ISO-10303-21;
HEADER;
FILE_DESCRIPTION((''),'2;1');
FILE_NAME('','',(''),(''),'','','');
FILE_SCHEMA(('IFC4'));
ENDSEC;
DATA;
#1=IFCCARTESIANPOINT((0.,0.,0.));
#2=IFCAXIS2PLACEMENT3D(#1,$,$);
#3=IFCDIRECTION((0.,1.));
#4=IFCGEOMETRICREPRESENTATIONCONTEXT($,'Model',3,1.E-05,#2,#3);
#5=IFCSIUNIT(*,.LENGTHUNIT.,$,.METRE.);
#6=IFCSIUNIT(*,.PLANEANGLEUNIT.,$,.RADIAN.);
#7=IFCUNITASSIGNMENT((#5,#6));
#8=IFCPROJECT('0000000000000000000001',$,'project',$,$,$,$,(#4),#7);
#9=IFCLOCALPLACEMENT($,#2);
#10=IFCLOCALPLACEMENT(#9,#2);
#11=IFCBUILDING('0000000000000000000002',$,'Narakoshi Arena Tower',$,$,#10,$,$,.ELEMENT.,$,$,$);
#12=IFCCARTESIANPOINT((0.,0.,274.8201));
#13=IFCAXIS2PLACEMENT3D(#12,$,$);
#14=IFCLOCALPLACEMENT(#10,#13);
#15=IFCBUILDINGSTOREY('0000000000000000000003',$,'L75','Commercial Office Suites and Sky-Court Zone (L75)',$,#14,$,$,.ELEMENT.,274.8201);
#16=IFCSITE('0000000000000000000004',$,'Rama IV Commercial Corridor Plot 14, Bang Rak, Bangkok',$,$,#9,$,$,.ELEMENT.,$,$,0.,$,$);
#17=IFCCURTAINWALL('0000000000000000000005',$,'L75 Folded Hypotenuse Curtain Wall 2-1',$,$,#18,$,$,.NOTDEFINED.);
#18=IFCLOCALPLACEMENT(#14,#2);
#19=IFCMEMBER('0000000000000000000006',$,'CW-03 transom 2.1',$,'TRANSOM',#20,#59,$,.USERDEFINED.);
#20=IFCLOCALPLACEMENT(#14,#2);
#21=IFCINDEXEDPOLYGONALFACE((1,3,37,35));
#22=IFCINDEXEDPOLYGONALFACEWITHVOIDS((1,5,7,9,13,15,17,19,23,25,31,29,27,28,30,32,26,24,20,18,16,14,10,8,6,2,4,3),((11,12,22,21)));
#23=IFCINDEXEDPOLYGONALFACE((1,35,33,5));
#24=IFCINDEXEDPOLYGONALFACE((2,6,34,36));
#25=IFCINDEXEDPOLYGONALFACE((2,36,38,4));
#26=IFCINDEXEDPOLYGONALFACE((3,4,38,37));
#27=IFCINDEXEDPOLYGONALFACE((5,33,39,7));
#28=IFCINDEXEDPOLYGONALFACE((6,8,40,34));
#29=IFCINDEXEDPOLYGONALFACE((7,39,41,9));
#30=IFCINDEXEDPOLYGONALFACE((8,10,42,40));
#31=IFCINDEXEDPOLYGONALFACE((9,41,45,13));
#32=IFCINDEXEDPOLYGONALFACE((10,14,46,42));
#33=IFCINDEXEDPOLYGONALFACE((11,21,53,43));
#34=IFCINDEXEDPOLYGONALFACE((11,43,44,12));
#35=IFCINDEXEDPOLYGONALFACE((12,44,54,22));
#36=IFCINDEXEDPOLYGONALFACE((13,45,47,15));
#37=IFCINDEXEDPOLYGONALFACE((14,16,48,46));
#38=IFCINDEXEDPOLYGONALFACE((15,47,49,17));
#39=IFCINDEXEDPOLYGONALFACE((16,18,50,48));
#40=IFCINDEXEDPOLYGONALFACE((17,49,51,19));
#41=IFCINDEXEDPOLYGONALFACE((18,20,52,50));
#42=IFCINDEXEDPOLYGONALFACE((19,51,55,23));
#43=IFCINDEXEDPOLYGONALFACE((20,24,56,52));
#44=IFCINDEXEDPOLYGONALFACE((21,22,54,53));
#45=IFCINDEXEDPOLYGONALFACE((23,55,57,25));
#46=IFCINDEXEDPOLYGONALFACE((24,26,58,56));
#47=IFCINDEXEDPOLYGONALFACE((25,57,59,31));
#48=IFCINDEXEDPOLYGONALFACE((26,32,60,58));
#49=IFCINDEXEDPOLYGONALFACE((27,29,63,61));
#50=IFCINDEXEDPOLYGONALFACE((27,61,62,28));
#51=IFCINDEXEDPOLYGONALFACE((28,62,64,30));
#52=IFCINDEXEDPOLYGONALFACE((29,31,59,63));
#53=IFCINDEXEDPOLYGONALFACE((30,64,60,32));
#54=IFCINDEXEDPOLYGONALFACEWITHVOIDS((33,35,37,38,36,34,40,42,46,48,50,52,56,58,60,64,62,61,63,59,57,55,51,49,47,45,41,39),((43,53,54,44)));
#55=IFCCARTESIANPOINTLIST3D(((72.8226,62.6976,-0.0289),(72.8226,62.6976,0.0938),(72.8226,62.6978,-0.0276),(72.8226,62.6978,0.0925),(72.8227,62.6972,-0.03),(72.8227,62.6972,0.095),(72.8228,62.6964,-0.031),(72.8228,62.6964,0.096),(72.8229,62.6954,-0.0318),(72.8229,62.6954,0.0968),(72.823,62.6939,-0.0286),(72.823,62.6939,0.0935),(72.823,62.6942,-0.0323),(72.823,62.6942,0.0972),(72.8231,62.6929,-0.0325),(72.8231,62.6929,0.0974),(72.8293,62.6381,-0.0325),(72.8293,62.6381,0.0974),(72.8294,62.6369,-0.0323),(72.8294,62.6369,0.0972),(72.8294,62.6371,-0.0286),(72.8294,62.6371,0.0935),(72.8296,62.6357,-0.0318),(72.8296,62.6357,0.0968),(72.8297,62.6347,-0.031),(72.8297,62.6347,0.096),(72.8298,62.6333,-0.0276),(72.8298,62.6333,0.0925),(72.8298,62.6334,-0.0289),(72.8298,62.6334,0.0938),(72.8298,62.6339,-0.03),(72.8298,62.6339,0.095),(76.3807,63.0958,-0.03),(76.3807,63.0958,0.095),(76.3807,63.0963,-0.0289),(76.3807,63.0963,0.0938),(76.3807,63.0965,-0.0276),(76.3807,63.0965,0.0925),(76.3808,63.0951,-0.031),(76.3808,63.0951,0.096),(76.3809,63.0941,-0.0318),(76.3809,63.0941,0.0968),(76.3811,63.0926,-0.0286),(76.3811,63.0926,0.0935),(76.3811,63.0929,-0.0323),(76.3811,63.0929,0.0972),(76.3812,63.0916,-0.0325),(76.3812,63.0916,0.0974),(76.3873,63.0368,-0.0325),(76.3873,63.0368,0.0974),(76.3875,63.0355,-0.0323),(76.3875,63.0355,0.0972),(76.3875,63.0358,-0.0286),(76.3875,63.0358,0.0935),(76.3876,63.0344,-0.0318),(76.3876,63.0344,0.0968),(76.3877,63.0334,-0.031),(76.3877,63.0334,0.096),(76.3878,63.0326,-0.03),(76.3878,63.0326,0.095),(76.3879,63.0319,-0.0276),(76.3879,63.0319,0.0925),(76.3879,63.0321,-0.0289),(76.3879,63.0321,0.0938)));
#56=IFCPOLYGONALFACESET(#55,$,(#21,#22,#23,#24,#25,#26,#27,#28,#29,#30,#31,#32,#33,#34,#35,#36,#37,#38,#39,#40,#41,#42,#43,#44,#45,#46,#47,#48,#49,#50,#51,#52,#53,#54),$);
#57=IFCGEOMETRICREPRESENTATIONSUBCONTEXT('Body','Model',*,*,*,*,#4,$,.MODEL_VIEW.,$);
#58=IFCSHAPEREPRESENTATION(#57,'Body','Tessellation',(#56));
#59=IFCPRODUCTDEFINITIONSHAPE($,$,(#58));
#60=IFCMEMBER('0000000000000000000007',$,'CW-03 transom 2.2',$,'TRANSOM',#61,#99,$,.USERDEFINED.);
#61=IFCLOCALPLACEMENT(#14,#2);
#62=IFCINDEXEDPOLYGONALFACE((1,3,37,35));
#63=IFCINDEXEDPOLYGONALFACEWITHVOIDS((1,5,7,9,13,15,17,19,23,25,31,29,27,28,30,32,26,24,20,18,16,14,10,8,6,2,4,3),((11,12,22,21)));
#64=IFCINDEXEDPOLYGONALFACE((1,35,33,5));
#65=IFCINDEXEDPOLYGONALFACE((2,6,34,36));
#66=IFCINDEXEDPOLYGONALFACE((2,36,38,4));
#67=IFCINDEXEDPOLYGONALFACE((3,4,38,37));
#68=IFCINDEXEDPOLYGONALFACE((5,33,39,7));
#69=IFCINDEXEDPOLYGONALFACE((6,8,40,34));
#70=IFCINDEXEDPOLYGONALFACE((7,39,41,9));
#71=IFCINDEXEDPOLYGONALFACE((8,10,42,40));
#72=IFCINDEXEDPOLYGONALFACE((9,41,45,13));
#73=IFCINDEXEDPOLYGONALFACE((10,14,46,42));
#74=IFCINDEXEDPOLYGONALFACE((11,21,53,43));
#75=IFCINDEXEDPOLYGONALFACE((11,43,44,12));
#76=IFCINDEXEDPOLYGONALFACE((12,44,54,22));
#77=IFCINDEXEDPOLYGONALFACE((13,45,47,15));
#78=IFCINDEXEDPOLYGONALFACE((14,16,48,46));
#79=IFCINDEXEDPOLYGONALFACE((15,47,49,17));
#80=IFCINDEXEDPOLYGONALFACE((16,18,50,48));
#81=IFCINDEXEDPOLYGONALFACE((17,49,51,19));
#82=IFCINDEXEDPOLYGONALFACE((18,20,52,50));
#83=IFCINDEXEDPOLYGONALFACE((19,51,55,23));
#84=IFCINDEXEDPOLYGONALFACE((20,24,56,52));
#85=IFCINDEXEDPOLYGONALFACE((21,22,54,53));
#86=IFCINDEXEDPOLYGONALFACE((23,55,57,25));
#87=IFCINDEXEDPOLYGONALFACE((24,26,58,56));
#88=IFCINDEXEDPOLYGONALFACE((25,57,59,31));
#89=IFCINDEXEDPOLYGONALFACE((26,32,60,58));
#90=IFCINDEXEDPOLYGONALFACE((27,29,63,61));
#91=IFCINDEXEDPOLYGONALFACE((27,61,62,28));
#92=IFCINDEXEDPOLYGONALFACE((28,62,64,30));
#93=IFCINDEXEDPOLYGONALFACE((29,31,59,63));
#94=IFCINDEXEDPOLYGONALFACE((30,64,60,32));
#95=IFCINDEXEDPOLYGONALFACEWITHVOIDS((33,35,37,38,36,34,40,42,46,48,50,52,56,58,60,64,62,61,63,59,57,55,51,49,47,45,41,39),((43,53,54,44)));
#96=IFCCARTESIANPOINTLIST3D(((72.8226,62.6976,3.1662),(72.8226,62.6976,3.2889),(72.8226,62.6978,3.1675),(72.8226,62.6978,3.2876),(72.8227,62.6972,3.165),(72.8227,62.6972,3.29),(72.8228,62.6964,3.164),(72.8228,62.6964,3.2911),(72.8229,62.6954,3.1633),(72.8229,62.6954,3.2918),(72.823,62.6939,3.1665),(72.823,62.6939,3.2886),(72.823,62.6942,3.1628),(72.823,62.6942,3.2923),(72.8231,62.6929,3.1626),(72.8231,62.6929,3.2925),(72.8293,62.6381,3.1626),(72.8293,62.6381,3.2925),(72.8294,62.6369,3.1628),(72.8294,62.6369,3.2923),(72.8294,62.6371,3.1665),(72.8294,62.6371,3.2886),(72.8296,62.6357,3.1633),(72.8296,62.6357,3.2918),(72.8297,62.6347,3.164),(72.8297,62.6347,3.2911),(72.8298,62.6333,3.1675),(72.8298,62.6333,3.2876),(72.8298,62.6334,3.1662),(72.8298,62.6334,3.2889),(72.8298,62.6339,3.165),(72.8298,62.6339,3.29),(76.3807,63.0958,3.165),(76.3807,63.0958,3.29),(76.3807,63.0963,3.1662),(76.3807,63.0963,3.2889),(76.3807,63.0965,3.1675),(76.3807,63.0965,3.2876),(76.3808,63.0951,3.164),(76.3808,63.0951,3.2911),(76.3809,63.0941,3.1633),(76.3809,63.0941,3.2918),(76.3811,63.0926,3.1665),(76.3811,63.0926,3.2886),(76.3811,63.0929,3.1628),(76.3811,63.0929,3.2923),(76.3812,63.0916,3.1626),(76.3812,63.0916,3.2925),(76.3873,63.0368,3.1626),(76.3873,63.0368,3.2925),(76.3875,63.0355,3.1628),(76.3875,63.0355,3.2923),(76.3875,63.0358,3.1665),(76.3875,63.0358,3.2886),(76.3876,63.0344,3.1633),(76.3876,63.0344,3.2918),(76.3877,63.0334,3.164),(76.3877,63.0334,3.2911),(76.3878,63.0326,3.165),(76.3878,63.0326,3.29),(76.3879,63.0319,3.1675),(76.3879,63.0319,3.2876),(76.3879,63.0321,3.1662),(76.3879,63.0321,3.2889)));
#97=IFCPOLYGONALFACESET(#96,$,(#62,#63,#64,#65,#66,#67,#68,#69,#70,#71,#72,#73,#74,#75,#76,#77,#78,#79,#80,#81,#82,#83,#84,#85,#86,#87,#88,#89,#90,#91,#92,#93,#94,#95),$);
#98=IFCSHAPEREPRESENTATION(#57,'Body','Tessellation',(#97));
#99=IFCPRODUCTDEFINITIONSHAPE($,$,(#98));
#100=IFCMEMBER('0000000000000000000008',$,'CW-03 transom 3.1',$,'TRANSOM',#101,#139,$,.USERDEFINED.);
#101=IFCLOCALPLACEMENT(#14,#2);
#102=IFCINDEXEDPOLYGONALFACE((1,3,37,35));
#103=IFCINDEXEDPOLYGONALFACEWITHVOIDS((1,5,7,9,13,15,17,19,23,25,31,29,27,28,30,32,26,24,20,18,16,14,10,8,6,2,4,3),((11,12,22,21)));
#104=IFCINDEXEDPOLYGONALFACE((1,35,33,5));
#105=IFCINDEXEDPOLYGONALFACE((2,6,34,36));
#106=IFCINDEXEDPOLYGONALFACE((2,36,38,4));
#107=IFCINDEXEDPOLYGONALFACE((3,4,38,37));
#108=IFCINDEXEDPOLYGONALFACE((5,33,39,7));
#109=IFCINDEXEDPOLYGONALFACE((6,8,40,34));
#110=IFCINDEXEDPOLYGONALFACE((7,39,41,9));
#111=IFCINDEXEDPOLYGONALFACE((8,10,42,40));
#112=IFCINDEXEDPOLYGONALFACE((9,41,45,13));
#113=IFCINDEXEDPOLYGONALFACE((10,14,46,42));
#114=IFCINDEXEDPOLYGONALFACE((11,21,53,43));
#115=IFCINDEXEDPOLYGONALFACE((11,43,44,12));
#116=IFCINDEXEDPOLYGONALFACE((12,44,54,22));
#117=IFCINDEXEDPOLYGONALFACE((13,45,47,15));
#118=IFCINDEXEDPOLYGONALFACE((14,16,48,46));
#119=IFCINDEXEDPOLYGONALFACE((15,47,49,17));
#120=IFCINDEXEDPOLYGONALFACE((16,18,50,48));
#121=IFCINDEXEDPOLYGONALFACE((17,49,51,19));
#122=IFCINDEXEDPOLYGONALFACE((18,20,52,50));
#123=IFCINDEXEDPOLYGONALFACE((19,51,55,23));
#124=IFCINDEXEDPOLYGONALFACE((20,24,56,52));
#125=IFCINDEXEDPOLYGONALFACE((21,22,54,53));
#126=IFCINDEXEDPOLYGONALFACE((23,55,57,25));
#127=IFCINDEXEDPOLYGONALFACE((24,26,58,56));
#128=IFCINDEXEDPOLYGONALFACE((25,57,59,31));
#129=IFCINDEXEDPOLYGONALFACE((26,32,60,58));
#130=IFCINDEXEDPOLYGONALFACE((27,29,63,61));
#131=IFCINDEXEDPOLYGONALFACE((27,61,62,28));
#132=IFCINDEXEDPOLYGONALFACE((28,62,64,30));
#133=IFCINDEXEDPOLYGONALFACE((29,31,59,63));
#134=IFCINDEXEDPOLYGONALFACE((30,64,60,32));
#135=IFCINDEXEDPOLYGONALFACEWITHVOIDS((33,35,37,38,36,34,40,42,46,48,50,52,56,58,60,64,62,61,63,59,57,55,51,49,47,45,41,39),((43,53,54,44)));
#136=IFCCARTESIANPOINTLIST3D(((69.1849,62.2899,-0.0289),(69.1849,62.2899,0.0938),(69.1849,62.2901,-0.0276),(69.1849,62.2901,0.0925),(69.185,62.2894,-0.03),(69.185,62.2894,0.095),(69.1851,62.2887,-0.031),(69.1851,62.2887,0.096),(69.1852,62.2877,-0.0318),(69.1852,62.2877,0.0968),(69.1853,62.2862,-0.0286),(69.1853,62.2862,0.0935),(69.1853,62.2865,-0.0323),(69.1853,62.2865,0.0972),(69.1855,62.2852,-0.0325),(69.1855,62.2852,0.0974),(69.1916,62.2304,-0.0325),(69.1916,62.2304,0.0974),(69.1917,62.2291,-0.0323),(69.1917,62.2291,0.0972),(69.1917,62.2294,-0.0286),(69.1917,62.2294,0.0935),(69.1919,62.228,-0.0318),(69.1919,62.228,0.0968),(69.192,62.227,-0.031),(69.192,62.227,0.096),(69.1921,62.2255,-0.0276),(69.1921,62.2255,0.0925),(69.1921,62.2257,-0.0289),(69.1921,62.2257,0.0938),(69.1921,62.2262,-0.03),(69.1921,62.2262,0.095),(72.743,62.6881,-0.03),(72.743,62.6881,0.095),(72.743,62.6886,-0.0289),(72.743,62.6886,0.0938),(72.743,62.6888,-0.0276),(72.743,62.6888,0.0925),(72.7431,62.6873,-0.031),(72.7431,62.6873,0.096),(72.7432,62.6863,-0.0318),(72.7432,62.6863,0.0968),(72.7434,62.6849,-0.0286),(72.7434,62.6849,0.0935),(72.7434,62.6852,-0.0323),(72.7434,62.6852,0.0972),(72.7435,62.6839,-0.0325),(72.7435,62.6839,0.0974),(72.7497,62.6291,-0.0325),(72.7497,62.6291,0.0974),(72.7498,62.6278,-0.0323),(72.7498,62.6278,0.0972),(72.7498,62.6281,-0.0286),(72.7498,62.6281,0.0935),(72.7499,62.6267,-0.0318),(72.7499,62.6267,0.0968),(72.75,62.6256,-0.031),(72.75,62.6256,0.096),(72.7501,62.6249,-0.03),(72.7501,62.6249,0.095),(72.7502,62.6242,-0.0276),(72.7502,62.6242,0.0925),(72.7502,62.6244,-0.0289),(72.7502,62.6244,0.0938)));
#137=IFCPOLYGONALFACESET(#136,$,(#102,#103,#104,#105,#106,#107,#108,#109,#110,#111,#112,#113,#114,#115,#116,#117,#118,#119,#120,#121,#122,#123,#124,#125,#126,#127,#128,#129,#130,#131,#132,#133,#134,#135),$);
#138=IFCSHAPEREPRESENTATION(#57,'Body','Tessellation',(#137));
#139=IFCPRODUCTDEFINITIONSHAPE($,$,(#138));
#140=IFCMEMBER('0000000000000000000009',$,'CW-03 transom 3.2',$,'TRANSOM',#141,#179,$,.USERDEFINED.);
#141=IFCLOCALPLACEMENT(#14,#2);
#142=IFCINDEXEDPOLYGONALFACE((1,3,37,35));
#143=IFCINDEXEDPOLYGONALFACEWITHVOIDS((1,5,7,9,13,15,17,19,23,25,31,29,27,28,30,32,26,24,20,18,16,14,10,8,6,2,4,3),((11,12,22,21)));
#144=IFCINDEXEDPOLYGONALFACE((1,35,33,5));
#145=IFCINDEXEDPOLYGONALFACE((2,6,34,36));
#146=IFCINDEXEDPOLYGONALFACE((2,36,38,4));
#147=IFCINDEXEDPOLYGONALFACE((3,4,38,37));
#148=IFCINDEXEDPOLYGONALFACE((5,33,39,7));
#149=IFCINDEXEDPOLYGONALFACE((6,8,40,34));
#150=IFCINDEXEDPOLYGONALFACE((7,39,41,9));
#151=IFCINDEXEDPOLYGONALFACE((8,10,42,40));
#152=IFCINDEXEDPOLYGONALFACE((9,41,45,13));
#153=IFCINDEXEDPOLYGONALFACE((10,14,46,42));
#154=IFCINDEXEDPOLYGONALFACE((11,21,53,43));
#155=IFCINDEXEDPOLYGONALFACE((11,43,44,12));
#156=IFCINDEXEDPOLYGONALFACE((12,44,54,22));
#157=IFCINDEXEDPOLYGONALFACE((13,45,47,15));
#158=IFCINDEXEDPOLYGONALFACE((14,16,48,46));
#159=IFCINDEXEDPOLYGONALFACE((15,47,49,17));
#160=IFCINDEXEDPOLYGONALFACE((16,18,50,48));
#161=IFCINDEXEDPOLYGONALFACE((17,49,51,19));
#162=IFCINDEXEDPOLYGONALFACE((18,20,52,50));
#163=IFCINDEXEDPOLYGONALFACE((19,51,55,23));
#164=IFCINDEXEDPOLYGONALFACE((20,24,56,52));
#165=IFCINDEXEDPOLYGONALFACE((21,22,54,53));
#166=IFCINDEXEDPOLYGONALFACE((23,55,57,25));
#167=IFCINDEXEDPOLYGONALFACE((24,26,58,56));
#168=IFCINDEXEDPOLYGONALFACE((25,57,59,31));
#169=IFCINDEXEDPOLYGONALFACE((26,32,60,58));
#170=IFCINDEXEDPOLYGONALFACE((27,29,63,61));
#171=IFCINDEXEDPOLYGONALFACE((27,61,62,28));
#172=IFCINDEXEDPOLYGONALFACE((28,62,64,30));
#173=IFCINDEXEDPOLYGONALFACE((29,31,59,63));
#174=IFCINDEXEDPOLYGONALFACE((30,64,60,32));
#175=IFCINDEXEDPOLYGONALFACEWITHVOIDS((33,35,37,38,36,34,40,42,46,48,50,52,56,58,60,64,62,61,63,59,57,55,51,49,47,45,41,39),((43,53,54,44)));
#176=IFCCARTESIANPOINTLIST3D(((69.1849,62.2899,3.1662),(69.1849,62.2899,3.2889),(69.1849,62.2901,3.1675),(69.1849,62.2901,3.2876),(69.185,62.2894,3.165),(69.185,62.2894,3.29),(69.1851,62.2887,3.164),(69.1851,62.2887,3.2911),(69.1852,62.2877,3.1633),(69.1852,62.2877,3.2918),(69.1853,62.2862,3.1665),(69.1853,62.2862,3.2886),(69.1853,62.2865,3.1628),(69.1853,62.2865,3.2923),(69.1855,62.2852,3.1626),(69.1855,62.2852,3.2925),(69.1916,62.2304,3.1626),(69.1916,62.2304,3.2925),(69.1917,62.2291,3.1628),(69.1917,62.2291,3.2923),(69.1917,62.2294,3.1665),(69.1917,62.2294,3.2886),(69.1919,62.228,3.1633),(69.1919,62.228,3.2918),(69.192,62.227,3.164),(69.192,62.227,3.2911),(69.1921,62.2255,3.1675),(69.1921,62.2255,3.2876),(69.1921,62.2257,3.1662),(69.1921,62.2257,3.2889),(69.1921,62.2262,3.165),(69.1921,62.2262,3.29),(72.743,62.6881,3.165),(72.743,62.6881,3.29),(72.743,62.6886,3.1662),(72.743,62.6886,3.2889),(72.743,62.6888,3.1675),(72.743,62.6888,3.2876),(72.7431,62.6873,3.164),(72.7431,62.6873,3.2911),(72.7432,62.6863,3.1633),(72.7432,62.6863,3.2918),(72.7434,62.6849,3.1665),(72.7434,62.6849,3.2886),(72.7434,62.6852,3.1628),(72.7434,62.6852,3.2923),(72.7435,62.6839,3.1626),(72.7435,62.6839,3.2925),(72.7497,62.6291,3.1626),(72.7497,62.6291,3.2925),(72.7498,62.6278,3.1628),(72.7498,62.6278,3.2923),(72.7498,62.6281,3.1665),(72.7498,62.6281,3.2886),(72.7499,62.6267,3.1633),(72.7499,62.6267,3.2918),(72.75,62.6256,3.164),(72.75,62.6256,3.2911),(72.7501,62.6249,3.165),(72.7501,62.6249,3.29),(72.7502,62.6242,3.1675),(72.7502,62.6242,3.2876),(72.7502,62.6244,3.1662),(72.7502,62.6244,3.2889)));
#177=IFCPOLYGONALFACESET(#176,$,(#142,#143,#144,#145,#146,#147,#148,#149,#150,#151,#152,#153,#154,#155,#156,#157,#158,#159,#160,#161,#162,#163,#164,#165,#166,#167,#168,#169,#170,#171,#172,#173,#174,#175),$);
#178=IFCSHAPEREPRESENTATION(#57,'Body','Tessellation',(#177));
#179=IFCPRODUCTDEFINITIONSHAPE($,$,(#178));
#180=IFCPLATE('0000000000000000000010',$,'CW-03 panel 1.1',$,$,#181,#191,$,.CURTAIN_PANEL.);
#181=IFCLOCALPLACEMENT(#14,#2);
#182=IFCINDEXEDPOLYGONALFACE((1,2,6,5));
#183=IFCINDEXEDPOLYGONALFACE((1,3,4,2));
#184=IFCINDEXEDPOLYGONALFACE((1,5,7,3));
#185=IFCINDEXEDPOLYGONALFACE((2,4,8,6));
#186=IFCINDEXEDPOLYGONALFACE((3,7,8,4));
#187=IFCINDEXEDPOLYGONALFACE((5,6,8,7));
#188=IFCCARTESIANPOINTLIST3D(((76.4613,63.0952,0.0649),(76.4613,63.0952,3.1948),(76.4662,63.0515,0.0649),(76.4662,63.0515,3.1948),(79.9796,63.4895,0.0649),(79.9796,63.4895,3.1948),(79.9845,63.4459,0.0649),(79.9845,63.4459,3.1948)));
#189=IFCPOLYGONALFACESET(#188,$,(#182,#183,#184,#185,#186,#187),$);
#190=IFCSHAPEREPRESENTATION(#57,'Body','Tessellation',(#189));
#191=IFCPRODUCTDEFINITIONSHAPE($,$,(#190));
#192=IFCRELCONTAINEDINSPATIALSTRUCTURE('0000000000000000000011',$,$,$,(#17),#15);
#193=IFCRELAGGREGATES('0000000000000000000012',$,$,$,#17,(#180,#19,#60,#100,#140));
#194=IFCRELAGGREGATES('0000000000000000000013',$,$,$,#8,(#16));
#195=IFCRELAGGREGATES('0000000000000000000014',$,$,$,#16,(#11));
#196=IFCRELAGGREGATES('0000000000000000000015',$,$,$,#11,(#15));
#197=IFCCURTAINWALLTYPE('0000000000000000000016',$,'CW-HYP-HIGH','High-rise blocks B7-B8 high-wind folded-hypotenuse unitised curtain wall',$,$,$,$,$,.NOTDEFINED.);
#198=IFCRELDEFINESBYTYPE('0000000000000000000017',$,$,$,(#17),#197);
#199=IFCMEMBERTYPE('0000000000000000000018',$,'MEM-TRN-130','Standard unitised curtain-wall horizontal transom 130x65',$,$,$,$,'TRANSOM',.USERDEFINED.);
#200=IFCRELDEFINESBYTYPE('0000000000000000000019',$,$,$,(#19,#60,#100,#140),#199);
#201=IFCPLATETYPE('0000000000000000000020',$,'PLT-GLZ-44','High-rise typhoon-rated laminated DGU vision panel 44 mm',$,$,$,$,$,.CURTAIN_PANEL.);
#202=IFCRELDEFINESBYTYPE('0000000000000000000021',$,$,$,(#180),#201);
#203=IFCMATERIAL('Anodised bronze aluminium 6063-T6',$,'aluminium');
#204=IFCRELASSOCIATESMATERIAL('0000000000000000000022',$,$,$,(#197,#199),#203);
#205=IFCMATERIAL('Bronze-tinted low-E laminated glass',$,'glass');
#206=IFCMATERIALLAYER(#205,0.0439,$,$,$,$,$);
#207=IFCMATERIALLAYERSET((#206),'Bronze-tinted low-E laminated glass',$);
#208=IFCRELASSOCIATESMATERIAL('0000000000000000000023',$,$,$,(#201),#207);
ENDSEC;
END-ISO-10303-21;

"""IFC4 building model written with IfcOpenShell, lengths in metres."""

from ifc_helpers import new_model, si_unit, direction, frame, origin, origin_2d, place, context, subcontext, project, spatial, rectangle, hollow_rectangle, extrude, material, layer, layer_set, material_profile, profile_set, type_object, element, aggregate, save


model = new_model("IFC4")

# Units and contexts
model_context = context("Model", 3, precision=1e-05, world=origin(), true_north=direction((0.0, 1.0)))
body_context = subcontext(model_context, "Body", "Model", "MODEL_VIEW")
ifc_project = project(units=[si_unit("LENGTHUNIT", "METRE"), si_unit("PLANEANGLEUNIT", "RADIAN")], contexts=[model_context])

# Site, building, storey
site_placement = place(None, origin())
site = spatial("IfcSite", under=ifc_project, at=site_placement, Name="Rama IV Commercial Corridor Plot 14, Bang Rak, Bangkok", CompositionType="ELEMENT", RefElevation=0.0)
building_placement = place(site_placement, origin())
building = spatial("IfcBuilding", under=site, at=building_placement, Name="Narakoshi Arena Tower", CompositionType="ELEMENT")
storey_placement = place(building_placement, frame((0.0, 0.0, 274.8201)))
storey = spatial("IfcBuildingStorey", under=building, at=storey_placement, Name="L75", Description="Commercial Office Suites and Sky-Court Zone (L75)", CompositionType="ELEMENT", Elevation=274.8201)

# Curtain wall, members, plate
ifc_material_1 = material(Name="Anodised bronze aluminium 6063-T6", Category="aluminium")
curtain_wall_type = type_object("IfcCurtainWallType", Name="CW-HYP-HIGH", Description="High-rise blocks B7-B8 high-wind folded-hypotenuse unitised curtain wall", PredefinedType="NOTDEFINED", material=ifc_material_1)
curtain_wall_placement = place(storey_placement, origin())
curtain_wall = element("IfcCurtainWall", 1, at=curtain_wall_placement, inside=storey, type_object=curtain_wall_type, Name="L75 Folded Hypotenuse Curtain Wall 2-1", PredefinedType="NOTDEFINED")
ifc_material_profile_1 = material_profile(ifc_material_1, hollow_rectangle(XDim=0.0649, YDim=0.1299, WallThickness=0.0039, OuterFilletRadius=0.0049, at=origin_2d()), Name="TRN130x65x4")
ifc_profile_set_1 = profile_set([ifc_material_profile_1], Name="Anodised bronze aluminium 6063-T6")
member_type_1 = type_object("IfcMemberType", Name="MEM-TRN-130", Description="Standard unitised curtain-wall horizontal transom 130x65", ElementType="TRANSOM", PredefinedType="USERDEFINED", material=ifc_profile_set_1)
member_1_placement = place(storey_placement, frame((76.3843, 63.0642, 0.0325), z_axis=(-0.993781, -0.111352, 0.0), x_axis=(0.111352, -0.993781, 0.0)))
member_1 = element("IfcMember", 2, at=member_1_placement, type_object=member_type_1, Name="CW-03 transom 2.1", ObjectType="TRANSOM", PredefinedType="USERDEFINED", context=body_context, shape_type="SweptSolid", body=[
    extrude(hollow_rectangle(XDim=0.0649, YDim=0.1299, WallThickness=0.0039, OuterFilletRadius=0.0049, at=origin_2d()), origin(), (0.0, 0.0, 1.0), 3.5803),
])
member_2_placement = place(storey_placement, frame((76.3843, 63.0642, 3.2275), z_axis=(-0.993781, -0.111352, 0.0), x_axis=(0.111352, -0.993781, 0.0)))
member_2 = element("IfcMember", 3, at=member_2_placement, type_object=member_type_1, Name="CW-03 transom 2.2", ObjectType="TRANSOM", PredefinedType="USERDEFINED", context=body_context, shape_type="SweptSolid", body=[
    extrude(hollow_rectangle(XDim=0.0649, YDim=0.1299, WallThickness=0.0039, OuterFilletRadius=0.0049, at=origin_2d()), origin(), (0.0, 0.0, 1.0), 3.5803),
])
member_3_placement = place(storey_placement, frame((72.7466, 62.6565, 0.0325), z_axis=(-0.993781, -0.111352, 0.0), x_axis=(0.111352, -0.993781, 0.0)))
member_3 = element("IfcMember", 4, at=member_3_placement, type_object=member_type_1, Name="CW-03 transom 3.1", ObjectType="TRANSOM", PredefinedType="USERDEFINED", context=body_context, shape_type="SweptSolid", body=[
    extrude(hollow_rectangle(XDim=0.0649, YDim=0.1299, WallThickness=0.0039, OuterFilletRadius=0.0049, at=origin_2d()), origin(), (0.0, 0.0, 1.0), 3.5803),
])
member_4_placement = place(storey_placement, frame((72.7466, 62.6565, 3.2275), z_axis=(-0.993781, -0.111352, 0.0), x_axis=(0.111352, -0.993781, 0.0)))
member_4 = element("IfcMember", 5, at=member_4_placement, type_object=member_type_1, Name="CW-03 transom 3.2", ObjectType="TRANSOM", PredefinedType="USERDEFINED", context=body_context, shape_type="SweptSolid", body=[
    extrude(hollow_rectangle(XDim=0.0649, YDim=0.1299, WallThickness=0.0039, OuterFilletRadius=0.0049, at=origin_2d()), origin(), (0.0, 0.0, 1.0), 3.5803),
])
ifc_material_2 = material(Name="Bronze-tinted low-E laminated glass", Category="glass")
ifc_layer_1 = layer(ifc_material_2, 0.0439)
ifc_layer_set_1 = layer_set([ifc_layer_1], Name="Bronze-tinted low-E laminated glass")
plate_type = type_object("IfcPlateType", Name="PLT-GLZ-44", Description="High-rise typhoon-rated laminated DGU vision panel 44 mm", PredefinedType="CURTAIN_PANEL", material=ifc_layer_set_1)
plate_1_placement = place(storey_placement, frame((78.2229, 63.2705, 0.0649), z_axis=(0.0, 0.0, 1.0), x_axis=(-0.993776, -0.111396, 0.0)))
plate_1 = element("IfcPlate", 6, at=plate_1_placement, type_object=plate_type, Name="CW-03 panel 1.1", PredefinedType="CURTAIN_PANEL", context=body_context, shape_type="SweptSolid", body=[
    extrude(rectangle(XDim=3.5403, YDim=0.0439, at=origin_2d()), origin(), (0.0, 0.0, 1.0), 3.1299),
])
aggregate(curtain_wall, [plate_1, member_1, member_2, member_3, member_4])

save(model, "model.ifc")
